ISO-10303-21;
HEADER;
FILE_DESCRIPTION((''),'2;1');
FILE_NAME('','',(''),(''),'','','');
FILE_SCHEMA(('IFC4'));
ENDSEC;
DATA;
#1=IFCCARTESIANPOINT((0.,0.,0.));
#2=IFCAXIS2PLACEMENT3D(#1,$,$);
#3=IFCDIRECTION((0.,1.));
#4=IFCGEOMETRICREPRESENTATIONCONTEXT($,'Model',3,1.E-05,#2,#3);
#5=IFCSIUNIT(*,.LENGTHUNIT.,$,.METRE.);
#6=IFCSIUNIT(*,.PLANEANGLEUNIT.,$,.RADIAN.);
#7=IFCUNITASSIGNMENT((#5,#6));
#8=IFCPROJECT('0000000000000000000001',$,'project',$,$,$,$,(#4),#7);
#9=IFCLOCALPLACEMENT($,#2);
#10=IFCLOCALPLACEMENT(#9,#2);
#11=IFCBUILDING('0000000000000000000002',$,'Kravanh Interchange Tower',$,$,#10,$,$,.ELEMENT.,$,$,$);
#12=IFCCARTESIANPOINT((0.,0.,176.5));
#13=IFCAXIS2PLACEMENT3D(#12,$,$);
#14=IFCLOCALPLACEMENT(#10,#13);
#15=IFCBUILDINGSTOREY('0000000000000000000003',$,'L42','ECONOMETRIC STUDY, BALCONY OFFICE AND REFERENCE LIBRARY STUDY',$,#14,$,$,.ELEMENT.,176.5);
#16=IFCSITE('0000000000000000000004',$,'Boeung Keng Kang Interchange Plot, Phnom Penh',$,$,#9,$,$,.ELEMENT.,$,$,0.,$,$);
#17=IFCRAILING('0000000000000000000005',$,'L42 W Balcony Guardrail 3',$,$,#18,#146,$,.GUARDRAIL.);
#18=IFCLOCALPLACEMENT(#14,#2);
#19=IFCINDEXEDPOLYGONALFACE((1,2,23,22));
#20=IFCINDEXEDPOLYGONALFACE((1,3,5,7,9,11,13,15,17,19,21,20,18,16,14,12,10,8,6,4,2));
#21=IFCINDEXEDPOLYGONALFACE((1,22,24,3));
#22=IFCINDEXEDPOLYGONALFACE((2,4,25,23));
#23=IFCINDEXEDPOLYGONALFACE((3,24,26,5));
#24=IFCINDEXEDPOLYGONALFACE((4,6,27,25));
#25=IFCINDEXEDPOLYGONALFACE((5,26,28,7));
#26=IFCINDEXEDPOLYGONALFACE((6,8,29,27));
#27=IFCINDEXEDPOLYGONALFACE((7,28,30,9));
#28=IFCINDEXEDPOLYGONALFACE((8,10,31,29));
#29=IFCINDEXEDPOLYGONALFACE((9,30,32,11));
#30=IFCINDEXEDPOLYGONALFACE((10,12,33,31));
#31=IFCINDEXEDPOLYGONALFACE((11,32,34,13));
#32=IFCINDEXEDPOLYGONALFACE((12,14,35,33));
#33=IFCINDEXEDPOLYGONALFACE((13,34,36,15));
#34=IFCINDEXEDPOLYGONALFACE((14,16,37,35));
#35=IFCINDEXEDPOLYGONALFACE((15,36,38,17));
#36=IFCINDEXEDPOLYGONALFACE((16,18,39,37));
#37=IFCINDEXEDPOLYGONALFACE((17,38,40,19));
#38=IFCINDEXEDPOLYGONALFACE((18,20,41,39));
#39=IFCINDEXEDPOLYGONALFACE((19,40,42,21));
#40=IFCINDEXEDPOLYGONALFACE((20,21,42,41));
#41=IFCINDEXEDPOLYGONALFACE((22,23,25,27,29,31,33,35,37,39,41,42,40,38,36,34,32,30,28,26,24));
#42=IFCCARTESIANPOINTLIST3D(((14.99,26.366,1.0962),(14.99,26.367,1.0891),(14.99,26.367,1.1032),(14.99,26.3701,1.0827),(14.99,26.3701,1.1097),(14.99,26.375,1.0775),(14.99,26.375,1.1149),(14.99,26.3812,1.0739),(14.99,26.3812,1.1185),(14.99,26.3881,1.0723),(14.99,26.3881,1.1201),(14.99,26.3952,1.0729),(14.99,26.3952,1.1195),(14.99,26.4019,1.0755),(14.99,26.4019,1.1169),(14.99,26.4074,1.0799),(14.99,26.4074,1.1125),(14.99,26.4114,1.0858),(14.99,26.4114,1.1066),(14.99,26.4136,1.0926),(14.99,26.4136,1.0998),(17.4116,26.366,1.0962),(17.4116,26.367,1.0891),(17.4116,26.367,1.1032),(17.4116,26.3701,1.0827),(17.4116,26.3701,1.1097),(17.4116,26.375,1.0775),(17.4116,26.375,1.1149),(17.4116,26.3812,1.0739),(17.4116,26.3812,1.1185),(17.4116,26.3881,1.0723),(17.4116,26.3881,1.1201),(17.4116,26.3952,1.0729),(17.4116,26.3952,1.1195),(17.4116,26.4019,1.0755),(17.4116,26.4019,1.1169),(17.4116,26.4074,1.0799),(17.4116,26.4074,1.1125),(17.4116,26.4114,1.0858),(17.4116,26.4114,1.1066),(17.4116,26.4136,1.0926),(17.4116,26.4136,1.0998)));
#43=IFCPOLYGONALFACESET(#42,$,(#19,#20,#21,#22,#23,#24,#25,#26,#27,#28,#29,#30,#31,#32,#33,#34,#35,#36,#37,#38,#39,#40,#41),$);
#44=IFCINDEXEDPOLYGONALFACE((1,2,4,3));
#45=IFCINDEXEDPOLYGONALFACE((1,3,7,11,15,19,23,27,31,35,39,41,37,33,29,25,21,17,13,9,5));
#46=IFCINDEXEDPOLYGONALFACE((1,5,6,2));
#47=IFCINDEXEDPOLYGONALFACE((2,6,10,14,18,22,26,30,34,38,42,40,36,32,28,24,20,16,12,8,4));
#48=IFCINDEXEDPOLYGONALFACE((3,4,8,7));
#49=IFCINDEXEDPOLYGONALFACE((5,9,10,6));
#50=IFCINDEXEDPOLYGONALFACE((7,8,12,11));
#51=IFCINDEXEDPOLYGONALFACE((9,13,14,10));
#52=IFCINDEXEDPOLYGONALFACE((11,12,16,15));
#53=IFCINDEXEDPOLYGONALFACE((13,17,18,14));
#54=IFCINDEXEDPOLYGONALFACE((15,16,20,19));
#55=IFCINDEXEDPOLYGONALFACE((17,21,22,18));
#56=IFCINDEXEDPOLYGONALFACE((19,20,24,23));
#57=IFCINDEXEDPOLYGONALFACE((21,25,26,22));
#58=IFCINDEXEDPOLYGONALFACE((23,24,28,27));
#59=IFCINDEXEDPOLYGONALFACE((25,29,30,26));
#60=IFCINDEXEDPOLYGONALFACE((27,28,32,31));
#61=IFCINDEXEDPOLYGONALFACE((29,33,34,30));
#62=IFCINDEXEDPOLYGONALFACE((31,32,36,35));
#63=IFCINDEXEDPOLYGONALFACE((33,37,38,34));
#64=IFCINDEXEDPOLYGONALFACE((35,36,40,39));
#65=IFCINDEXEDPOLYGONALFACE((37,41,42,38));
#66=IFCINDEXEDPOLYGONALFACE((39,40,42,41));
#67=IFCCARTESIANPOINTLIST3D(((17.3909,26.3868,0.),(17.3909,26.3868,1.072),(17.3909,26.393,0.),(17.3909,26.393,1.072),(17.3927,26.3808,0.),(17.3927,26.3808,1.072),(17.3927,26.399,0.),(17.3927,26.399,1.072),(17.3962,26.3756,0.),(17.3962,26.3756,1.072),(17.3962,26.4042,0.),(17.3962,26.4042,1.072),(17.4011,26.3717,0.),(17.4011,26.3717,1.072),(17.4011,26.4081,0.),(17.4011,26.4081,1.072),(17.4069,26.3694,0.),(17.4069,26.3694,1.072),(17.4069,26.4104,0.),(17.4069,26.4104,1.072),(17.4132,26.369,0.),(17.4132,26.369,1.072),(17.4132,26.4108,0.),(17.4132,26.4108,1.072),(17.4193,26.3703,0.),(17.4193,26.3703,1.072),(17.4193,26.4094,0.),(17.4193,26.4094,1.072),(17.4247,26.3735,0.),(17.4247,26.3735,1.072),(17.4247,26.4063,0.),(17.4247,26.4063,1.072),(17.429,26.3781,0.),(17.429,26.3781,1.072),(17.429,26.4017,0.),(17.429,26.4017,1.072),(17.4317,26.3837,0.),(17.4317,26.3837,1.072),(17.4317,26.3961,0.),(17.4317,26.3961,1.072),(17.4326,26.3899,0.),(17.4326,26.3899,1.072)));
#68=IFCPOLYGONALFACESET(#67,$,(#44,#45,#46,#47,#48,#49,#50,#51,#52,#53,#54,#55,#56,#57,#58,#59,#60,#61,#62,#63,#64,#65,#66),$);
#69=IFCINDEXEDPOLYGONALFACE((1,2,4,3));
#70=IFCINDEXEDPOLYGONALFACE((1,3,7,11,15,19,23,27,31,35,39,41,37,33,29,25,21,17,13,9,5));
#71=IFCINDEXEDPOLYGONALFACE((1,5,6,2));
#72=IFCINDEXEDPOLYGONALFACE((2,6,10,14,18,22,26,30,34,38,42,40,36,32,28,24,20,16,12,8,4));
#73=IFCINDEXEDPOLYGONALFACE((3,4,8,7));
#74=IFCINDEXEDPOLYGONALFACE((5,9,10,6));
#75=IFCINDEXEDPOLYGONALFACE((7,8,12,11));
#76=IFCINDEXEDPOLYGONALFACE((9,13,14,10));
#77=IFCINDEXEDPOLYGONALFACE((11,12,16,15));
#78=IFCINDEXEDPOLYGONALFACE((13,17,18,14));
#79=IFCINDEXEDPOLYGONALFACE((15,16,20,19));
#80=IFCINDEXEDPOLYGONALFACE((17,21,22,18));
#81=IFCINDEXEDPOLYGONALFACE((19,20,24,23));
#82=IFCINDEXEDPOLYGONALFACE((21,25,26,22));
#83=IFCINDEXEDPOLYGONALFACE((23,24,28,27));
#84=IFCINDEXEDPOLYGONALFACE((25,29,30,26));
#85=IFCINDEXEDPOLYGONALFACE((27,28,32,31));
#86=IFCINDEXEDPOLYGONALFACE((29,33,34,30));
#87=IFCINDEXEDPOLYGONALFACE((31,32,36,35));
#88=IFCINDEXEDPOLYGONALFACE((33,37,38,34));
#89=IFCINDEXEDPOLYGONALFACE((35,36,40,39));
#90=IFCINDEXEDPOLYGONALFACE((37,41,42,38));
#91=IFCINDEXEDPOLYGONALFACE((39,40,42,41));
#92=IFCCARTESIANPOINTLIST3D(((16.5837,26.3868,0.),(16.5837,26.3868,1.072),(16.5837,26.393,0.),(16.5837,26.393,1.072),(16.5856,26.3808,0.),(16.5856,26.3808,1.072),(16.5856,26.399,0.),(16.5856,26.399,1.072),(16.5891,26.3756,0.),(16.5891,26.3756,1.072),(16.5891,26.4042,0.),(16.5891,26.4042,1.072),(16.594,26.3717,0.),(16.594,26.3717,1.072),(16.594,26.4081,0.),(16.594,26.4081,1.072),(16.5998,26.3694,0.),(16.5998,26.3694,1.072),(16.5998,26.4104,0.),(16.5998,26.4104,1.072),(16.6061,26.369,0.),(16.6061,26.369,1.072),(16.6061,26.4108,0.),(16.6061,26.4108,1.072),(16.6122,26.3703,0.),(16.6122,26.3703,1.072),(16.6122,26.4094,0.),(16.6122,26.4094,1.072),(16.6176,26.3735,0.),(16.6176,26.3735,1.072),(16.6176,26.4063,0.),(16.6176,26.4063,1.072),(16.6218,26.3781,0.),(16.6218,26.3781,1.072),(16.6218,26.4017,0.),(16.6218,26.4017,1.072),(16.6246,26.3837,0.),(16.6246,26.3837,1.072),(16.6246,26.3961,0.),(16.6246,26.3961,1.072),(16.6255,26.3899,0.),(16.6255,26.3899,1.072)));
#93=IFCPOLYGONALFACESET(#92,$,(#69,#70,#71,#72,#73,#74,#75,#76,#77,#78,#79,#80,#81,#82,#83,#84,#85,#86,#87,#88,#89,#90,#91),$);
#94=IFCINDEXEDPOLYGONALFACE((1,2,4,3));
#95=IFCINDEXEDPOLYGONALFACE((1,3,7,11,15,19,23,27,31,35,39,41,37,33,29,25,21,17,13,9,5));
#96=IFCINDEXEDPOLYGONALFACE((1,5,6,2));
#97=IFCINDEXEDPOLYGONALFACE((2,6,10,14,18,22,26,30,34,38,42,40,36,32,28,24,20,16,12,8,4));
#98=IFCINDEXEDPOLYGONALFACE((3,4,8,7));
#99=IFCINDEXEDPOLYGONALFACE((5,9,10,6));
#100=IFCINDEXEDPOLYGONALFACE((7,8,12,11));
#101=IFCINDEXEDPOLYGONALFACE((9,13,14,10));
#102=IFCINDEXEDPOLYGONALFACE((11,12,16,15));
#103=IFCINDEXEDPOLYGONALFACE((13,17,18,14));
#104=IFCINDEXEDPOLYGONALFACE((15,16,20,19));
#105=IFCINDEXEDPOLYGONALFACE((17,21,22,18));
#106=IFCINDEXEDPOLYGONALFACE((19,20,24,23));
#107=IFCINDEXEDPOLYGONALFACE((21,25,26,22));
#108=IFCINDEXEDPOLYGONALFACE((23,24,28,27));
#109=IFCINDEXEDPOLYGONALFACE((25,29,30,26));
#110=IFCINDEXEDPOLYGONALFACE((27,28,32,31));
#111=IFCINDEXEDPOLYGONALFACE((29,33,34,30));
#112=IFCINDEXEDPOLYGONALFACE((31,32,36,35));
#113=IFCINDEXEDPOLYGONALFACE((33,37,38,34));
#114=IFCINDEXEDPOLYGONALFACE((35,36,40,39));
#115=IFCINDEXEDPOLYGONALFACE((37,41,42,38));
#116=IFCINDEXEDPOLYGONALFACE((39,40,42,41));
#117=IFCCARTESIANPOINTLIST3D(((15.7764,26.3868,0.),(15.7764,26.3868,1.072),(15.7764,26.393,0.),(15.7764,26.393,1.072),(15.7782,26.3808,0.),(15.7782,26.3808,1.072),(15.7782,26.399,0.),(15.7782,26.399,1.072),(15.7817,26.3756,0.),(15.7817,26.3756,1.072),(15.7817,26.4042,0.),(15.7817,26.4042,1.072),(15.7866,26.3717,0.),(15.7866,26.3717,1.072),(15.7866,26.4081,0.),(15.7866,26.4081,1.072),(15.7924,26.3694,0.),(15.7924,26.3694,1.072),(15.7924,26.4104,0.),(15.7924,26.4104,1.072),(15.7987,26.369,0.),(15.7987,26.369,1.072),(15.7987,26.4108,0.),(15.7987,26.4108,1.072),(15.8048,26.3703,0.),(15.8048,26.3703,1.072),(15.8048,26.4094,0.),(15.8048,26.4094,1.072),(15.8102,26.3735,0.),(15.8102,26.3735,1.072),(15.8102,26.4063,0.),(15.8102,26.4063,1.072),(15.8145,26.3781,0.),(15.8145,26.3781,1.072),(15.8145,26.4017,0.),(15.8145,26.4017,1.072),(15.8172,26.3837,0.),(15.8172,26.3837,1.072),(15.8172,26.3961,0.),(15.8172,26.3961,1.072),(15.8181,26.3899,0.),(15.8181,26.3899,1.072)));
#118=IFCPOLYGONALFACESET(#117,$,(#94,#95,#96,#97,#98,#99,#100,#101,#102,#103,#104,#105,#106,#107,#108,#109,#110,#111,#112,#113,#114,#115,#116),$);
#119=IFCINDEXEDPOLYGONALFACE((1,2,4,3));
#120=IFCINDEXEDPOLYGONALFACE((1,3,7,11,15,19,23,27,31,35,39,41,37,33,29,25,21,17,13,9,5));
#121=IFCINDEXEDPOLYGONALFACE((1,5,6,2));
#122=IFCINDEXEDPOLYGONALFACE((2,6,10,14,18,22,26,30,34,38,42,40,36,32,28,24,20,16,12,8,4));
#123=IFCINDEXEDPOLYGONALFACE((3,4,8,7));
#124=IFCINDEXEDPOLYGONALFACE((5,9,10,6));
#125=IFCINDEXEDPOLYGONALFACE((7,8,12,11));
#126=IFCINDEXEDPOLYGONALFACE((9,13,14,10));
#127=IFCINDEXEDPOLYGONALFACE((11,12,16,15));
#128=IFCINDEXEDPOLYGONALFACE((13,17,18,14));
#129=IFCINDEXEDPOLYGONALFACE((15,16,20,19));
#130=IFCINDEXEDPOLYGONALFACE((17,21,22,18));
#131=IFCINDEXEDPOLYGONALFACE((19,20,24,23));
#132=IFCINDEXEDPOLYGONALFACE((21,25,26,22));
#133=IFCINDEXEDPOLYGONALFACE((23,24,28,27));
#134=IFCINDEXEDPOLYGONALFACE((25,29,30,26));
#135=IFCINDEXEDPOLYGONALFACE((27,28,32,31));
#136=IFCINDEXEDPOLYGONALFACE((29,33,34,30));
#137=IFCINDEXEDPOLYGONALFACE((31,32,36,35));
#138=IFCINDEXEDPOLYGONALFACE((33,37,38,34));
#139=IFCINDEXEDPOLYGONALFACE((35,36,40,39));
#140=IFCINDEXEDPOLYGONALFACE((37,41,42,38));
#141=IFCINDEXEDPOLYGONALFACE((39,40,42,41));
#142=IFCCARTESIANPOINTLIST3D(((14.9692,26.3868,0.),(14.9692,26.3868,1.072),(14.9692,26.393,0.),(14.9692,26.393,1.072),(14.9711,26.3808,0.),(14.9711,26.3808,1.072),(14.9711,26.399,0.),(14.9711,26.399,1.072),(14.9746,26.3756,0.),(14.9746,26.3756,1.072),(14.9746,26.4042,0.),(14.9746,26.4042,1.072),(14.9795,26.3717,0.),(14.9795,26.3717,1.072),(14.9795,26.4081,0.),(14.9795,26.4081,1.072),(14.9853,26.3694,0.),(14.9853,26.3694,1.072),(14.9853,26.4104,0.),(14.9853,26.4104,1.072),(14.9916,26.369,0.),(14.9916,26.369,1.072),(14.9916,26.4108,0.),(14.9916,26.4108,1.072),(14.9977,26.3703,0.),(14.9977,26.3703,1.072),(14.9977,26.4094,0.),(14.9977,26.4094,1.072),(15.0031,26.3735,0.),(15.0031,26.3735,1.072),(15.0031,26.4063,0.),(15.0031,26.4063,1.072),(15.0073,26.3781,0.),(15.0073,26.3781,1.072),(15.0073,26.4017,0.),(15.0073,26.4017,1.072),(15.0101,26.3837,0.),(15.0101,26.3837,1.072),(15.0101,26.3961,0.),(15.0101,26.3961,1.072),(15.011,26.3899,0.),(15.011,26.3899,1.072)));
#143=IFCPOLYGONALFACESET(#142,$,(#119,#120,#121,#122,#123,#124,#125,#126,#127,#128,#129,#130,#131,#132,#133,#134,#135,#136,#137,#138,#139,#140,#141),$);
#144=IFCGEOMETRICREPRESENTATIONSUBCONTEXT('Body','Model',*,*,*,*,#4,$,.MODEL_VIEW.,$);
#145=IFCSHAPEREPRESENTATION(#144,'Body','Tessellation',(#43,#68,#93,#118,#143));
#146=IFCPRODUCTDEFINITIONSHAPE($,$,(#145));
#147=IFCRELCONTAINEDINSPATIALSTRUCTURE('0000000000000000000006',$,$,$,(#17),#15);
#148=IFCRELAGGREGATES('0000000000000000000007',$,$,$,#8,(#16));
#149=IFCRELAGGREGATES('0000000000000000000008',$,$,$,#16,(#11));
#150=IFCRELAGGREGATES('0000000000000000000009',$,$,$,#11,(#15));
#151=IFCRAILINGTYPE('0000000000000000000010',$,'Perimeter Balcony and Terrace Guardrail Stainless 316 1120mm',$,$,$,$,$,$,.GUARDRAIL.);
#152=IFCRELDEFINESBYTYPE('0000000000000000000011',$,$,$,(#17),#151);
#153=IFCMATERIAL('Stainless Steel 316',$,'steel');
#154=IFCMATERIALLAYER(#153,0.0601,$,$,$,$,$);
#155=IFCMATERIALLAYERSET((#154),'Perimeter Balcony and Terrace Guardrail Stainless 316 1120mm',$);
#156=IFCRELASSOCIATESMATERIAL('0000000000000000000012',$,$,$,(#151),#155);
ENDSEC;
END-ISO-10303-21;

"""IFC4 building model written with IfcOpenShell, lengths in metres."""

from ifc_helpers import new_model, si_unit, direction, frame, origin, origin_2d, place, context, subcontext, project, spatial, circle, extrude, material, layer, layer_set, type_object, element, save


model = new_model("IFC4")

# Units and contexts
model_context = context("Model", 3, precision=1e-05, world=origin(), true_north=direction((0.0, 1.0)))
body_context = subcontext(model_context, "Body", "Model", "MODEL_VIEW")
ifc_project = project(units=[si_unit("LENGTHUNIT", "METRE"), si_unit("PLANEANGLEUNIT", "RADIAN")], contexts=[model_context])

# Site, building, storey
site_placement = place(None, origin())
site = spatial("IfcSite", under=ifc_project, at=site_placement, Name="Boeung Keng Kang Interchange Plot, Phnom Penh", CompositionType="ELEMENT", RefElevation=0.0)
building_placement = place(site_placement, origin())
building = spatial("IfcBuilding", under=site, at=building_placement, Name="Kravanh Interchange Tower", CompositionType="ELEMENT")
storey_placement = place(building_placement, frame((0.0, 0.0, 176.5)))
storey = spatial("IfcBuildingStorey", under=building, at=storey_placement, Name="L42", Description="ECONOMETRIC STUDY, BALCONY OFFICE AND REFERENCE LIBRARY STUDY", CompositionType="ELEMENT", Elevation=176.5)

# Railing
ifc_material_1 = material(Name="Stainless Steel 316", Category="steel")
ifc_layer_1 = layer(ifc_material_1, 0.0601)
ifc_layer_set_1 = layer_set([ifc_layer_1], Name="Perimeter Balcony and Terrace Guardrail Stainless 316 1120mm")
railing_type = type_object("IfcRailingType", Name="Perimeter Balcony and Terrace Guardrail Stainless 316 1120mm", PredefinedType="GUARDRAIL", material=ifc_layer_set_1)
railing_1_placement = place(storey_placement, frame((17.4116, 26.3899, 0.0)))
element("IfcRailing", 1, at=railing_1_placement, inside=storey, type_object=railing_type, Name="L42 W Balcony Guardrail 3", PredefinedType="GUARDRAIL", context=body_context, shape_type="SweptSolid", body=[
    extrude(circle(Radius=0.0239, at=origin_2d()), frame((0.0, 0.0, 1.0962), z_axis=(-1.0, 0.0, 0.0), x_axis=(0.0, -1.0, 0.0)), (0.0, 0.0, 1.0), 2.4216),
    extrude(circle(Radius=0.021, at=origin_2d()), origin(), (0.0, 0.0, 1.0), 1.072),
    extrude(circle(Radius=0.021, at=origin_2d()), frame((-0.8071, 0.0, 0.0)), (0.0, 0.0, 1.0), 1.072),
    extrude(circle(Radius=0.021, at=origin_2d()), frame((-1.6145, 0.0, 0.0)), (0.0, 0.0, 1.0), 1.072),
    extrude(circle(Radius=0.021, at=origin_2d()), frame((-2.4216, 0.0, 0.0)), (0.0, 0.0, 1.0), 1.072),
])

save(model, "model.ifc")
